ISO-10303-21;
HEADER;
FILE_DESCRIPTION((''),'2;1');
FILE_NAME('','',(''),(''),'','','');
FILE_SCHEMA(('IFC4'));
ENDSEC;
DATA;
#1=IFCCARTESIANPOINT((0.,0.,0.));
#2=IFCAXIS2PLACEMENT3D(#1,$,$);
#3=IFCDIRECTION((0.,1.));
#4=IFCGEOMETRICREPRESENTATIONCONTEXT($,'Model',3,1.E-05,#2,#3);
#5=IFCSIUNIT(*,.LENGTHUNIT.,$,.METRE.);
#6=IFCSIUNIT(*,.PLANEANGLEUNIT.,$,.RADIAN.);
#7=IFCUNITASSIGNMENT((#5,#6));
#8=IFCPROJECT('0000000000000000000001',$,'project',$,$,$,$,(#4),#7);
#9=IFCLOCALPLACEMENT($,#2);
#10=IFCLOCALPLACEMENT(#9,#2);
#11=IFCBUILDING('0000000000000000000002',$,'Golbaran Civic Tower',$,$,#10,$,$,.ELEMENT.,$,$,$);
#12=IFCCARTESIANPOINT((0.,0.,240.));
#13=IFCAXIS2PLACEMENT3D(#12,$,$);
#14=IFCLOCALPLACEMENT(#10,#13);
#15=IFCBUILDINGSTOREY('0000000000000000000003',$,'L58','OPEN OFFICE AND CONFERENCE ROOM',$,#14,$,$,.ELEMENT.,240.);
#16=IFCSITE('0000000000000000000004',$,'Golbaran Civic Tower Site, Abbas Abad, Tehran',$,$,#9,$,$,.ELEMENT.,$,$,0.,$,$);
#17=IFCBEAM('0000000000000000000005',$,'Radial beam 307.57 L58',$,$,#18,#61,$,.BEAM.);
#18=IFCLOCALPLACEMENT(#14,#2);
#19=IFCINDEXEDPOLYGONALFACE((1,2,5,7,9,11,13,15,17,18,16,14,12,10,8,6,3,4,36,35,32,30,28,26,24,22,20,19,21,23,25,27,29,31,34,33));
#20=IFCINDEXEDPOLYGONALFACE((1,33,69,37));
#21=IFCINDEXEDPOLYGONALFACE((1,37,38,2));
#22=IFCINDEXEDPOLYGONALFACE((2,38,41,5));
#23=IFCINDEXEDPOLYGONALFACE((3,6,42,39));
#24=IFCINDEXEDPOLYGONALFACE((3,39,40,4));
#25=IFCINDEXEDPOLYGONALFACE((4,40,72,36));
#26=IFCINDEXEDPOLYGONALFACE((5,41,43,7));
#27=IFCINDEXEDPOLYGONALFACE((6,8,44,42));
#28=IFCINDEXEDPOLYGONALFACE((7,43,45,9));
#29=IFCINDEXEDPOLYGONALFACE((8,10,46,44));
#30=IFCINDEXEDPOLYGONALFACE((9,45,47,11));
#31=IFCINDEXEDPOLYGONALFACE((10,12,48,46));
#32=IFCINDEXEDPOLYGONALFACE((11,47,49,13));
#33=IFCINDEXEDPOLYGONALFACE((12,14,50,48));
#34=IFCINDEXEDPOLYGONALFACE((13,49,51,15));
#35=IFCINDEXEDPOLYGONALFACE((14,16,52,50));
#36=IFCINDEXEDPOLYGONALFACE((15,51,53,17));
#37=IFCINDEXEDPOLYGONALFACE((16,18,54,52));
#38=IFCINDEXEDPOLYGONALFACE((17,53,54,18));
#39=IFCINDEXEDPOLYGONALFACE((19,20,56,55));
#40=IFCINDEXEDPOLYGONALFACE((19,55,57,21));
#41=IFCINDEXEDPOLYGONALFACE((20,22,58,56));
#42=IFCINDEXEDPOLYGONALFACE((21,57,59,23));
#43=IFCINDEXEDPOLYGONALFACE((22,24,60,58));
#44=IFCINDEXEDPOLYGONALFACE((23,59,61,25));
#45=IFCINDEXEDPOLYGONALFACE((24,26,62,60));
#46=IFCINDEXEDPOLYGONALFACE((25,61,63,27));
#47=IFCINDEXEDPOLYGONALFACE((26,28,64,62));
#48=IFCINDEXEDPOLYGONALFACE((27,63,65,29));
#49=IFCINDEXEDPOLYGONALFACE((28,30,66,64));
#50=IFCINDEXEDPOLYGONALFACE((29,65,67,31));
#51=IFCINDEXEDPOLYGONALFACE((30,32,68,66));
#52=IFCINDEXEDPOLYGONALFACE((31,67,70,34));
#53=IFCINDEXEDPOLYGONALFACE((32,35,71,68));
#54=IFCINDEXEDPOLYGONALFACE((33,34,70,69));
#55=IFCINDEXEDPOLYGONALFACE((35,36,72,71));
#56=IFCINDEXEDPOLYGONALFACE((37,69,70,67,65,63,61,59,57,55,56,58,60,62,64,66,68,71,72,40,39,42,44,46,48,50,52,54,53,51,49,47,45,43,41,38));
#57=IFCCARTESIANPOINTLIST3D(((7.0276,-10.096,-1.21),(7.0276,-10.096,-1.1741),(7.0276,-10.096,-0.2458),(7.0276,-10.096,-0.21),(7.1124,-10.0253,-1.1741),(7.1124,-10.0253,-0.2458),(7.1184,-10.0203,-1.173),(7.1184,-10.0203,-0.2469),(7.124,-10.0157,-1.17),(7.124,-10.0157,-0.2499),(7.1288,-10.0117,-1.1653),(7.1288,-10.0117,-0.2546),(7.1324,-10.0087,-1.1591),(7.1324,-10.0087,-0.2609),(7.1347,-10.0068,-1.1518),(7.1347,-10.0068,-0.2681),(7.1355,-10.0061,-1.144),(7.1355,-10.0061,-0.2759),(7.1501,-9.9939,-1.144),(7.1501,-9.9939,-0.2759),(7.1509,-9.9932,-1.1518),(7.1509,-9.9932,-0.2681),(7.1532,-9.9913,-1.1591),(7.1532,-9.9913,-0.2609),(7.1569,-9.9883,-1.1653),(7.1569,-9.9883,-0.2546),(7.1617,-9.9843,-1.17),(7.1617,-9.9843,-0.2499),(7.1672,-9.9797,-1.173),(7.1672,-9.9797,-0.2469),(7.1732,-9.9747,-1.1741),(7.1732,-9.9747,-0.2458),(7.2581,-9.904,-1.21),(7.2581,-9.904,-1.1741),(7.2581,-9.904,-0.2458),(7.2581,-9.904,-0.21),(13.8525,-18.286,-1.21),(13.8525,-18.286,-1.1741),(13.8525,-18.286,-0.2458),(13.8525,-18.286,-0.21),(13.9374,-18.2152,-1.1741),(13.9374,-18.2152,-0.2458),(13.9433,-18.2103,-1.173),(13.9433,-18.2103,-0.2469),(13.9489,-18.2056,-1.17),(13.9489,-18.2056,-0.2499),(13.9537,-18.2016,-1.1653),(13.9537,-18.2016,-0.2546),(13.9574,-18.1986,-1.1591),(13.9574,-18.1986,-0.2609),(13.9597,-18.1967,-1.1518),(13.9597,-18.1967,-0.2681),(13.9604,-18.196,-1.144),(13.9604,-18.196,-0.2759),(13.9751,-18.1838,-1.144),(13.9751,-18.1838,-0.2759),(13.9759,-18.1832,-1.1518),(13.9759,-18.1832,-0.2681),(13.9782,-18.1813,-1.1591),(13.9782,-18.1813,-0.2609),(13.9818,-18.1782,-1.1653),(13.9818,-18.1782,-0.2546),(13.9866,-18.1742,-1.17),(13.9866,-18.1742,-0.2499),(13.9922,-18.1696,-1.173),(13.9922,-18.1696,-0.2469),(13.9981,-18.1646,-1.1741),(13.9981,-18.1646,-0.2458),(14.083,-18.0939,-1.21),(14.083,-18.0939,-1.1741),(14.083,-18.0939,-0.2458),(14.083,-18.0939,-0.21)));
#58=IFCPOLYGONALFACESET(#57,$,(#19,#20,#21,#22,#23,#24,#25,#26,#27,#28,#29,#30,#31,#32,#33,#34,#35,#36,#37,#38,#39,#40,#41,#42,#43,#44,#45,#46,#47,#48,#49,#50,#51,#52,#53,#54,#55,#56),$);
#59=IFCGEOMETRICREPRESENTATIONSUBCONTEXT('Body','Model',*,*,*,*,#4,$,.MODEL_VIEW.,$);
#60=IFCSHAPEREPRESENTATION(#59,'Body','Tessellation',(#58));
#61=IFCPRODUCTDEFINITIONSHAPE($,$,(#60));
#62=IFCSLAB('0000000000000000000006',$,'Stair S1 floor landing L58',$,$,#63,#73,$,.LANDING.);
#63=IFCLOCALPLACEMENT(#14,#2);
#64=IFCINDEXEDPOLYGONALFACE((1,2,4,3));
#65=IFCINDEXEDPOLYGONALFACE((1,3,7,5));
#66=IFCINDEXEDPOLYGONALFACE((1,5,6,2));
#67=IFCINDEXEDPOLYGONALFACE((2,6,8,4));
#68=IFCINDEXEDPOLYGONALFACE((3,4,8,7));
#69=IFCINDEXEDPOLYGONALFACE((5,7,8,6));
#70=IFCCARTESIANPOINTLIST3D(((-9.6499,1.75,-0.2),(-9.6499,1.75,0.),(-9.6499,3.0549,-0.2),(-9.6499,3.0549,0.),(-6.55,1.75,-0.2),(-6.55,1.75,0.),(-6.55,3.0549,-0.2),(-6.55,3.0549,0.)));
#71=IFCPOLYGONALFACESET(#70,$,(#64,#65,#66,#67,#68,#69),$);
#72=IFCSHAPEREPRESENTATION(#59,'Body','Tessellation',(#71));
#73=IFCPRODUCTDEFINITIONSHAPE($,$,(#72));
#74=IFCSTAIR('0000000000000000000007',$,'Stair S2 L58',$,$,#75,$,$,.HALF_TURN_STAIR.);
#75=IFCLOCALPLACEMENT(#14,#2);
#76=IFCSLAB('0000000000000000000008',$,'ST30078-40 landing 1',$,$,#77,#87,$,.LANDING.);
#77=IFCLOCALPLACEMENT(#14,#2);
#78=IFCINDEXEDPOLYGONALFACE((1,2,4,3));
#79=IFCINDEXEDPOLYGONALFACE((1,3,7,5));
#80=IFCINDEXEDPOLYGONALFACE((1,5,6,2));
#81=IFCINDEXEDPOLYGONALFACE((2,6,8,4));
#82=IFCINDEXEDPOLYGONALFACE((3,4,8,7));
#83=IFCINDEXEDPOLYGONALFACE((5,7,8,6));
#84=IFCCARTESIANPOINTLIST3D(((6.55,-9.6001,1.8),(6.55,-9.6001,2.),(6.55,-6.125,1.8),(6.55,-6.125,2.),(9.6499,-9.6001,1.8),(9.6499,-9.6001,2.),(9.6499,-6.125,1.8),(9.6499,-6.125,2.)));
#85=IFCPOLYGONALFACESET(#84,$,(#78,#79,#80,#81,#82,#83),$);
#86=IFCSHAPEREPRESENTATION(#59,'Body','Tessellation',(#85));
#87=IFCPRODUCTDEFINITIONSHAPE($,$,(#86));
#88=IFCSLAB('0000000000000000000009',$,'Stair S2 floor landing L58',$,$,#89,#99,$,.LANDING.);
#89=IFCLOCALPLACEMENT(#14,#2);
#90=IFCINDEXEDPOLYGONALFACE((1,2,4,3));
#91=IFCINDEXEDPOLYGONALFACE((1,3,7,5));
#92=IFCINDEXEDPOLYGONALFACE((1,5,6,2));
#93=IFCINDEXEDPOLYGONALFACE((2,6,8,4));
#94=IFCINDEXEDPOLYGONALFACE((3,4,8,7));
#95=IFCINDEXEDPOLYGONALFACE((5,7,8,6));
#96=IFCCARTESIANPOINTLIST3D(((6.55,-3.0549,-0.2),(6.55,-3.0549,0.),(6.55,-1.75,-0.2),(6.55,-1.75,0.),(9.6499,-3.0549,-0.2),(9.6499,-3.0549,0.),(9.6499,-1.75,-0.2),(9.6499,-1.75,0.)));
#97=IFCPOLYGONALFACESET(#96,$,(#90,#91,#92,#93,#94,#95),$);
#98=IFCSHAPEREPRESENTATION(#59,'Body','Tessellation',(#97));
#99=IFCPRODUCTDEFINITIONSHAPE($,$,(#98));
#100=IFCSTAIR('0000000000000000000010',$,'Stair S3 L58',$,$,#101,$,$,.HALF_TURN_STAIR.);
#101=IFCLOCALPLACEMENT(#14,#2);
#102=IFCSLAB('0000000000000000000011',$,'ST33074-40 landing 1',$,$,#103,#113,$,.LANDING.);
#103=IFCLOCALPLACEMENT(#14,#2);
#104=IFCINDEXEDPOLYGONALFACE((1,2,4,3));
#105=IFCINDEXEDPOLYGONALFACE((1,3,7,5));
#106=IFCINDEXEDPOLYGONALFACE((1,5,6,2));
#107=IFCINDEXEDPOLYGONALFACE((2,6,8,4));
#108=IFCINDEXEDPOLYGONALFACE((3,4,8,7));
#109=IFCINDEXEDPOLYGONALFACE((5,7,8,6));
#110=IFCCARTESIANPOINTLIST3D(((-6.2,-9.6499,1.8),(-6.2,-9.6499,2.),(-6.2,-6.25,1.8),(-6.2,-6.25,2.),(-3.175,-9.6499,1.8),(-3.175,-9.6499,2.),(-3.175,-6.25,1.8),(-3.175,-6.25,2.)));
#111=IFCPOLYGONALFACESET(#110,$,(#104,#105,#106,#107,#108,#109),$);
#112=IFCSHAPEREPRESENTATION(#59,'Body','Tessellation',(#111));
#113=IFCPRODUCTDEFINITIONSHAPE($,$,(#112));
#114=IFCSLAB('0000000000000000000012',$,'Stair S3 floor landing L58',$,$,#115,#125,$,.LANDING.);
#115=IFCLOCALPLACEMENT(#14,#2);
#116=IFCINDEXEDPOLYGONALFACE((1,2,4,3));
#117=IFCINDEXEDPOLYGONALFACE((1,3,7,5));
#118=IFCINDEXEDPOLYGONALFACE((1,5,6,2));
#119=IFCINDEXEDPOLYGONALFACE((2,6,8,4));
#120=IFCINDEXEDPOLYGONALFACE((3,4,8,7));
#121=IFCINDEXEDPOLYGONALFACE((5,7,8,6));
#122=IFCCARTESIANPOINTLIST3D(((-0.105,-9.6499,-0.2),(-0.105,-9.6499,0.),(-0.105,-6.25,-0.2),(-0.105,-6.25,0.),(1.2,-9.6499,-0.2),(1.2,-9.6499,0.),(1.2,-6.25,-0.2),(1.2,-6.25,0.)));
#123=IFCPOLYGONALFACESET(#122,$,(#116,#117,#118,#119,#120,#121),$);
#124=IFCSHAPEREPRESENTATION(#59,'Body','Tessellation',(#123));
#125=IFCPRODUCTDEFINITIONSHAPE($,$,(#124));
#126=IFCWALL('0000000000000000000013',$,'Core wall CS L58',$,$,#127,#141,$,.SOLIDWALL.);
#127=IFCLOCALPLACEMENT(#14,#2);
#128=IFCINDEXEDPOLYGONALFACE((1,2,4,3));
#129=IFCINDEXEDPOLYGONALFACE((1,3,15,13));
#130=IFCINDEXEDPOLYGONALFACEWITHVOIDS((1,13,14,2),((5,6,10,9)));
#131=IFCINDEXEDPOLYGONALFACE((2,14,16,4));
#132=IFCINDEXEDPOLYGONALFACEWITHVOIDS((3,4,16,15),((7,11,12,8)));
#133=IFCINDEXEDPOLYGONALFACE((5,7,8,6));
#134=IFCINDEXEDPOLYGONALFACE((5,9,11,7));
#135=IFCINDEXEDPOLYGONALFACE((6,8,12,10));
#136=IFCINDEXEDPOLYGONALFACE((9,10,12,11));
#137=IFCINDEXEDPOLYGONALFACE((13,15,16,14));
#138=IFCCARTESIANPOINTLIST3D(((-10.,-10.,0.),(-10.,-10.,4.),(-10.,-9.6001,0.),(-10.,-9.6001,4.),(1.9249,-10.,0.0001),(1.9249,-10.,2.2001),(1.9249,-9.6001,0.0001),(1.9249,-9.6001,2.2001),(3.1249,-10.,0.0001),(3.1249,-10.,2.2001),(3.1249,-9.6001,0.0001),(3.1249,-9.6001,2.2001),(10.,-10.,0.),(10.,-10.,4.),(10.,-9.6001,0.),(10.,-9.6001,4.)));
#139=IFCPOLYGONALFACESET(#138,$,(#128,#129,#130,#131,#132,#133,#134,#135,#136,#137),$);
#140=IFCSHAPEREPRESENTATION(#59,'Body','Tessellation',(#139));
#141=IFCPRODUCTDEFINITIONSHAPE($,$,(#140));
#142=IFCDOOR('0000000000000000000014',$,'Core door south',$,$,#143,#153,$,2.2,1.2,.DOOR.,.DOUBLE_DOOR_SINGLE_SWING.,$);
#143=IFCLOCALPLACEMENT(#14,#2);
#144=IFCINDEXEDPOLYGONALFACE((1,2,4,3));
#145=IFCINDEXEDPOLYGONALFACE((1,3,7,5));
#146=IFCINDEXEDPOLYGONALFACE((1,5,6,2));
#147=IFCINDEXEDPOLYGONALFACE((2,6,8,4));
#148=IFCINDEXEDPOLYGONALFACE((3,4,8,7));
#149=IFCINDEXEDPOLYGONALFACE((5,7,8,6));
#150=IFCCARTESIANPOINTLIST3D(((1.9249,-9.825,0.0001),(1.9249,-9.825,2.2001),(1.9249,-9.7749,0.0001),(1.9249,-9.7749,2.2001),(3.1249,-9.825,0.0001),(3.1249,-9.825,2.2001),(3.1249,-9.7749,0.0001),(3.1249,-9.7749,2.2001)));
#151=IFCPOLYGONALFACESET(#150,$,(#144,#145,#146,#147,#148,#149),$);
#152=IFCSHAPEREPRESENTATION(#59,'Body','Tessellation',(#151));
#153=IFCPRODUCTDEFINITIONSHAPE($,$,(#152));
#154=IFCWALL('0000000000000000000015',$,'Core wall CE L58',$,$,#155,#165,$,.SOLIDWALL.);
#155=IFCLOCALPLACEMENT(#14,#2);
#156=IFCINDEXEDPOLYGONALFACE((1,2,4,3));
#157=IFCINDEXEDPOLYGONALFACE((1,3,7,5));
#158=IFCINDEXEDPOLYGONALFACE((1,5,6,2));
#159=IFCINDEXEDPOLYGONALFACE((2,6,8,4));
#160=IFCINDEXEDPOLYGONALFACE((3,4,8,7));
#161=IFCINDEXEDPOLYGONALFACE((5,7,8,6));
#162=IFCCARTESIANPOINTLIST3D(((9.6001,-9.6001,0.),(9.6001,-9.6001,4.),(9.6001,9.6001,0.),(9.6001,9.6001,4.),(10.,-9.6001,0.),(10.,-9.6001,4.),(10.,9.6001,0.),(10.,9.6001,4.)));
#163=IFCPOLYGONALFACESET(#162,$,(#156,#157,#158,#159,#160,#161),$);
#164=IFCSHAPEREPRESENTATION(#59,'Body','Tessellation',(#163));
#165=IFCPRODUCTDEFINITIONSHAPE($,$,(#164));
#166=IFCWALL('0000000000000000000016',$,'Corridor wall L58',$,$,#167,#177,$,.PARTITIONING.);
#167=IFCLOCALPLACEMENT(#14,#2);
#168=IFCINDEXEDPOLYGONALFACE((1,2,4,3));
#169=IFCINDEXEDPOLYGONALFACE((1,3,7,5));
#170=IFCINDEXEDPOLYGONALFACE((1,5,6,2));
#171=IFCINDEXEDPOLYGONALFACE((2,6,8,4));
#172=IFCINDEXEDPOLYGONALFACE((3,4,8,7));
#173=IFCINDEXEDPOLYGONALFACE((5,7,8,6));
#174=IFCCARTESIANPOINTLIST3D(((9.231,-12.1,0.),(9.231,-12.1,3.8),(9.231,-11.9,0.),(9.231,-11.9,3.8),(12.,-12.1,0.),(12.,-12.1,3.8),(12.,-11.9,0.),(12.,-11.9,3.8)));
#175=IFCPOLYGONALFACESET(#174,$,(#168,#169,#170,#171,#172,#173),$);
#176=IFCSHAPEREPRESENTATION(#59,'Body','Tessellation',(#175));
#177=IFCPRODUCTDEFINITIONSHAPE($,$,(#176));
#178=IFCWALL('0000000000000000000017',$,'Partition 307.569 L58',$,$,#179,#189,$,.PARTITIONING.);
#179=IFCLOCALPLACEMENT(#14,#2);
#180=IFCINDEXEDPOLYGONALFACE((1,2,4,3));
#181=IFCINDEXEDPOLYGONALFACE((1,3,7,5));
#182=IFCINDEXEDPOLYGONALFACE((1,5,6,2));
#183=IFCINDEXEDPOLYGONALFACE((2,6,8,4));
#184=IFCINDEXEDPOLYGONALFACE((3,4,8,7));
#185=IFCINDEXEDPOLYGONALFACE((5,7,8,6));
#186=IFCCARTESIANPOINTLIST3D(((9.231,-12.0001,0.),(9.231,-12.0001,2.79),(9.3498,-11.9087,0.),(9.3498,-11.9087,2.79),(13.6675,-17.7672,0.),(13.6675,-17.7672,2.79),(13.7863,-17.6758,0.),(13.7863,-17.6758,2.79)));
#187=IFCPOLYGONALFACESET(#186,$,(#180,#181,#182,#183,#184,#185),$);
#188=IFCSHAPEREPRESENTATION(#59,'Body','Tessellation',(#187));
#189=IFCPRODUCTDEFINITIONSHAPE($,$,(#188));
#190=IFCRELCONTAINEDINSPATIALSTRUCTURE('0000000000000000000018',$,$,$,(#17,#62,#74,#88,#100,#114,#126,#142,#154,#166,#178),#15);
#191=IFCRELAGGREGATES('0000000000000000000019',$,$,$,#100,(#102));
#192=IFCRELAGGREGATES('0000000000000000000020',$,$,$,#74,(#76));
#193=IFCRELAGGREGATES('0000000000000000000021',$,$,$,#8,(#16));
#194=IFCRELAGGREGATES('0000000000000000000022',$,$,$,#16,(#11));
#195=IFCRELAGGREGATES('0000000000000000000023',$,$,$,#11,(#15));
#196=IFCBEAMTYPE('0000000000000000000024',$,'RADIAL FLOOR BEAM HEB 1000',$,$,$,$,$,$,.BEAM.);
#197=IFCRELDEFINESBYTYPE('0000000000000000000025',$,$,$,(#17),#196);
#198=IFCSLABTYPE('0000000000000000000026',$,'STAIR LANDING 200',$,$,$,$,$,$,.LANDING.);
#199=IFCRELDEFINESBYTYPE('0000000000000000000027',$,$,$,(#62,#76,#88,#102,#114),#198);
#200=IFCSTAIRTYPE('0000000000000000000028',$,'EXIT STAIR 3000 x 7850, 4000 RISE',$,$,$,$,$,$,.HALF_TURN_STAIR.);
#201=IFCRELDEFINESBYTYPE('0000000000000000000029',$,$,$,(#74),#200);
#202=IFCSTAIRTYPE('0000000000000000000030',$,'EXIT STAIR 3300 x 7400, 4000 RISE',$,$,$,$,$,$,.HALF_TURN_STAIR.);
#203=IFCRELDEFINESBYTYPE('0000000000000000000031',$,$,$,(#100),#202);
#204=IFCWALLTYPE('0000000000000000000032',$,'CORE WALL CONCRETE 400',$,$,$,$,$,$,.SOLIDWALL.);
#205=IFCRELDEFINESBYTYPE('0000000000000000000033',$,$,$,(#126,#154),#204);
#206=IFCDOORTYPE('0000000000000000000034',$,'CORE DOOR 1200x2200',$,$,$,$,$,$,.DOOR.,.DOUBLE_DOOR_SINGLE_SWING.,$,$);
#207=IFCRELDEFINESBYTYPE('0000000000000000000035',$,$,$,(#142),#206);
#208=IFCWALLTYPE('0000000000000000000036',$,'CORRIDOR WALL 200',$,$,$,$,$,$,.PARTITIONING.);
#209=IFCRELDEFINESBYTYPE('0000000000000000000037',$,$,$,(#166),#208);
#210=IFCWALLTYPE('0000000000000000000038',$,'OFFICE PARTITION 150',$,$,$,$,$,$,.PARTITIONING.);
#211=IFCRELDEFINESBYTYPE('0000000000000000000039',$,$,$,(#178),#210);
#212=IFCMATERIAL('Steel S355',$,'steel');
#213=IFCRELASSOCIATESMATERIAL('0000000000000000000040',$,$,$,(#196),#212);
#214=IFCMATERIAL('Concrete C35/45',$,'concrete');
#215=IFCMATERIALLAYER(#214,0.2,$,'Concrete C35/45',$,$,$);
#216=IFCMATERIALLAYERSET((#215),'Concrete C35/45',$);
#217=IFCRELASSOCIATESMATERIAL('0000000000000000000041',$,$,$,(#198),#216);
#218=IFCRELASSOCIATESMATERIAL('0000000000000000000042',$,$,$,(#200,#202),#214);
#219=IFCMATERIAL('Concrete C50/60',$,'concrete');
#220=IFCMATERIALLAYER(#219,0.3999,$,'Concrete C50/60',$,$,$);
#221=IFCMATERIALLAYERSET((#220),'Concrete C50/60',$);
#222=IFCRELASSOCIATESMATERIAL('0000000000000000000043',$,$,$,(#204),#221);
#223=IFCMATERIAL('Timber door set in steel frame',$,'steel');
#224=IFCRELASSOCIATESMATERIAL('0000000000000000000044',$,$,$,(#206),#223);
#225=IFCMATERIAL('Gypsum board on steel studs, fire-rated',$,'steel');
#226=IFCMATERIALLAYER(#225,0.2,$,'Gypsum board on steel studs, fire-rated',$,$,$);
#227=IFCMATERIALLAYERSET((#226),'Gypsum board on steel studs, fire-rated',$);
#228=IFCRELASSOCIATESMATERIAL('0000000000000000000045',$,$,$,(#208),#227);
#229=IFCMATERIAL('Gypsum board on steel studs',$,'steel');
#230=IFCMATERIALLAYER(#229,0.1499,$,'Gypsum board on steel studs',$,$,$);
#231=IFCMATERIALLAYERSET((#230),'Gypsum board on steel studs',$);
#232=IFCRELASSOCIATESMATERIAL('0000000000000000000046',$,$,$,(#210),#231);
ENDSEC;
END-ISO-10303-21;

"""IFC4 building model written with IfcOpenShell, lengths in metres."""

from ifc_helpers import new_model, si_unit, direction, frame, frame_2d, origin, origin_2d, place, context, subcontext, project, spatial, polyline, rectangle, i_section, outline, extrude, material, layer, layer_set, material_profile, profile_set, type_object, element, fill, aggregate, save


model = new_model("IFC4")

# Units and contexts
model_context = context("Model", 3, precision=1e-05, world=origin(), true_north=direction((0.0, 1.0)))
body_context = subcontext(model_context, "Body", "Model", "MODEL_VIEW")
ifc_project = project(units=[si_unit("LENGTHUNIT", "METRE"), si_unit("PLANEANGLEUNIT", "RADIAN")], contexts=[model_context])

# Site, building, storey
site_placement = place(None, origin())
site = spatial("IfcSite", under=ifc_project, at=site_placement, Name="Golbaran Civic Tower Site, Abbas Abad, Tehran", CompositionType="ELEMENT", RefElevation=0.0)
building_placement = place(site_placement, origin())
building = spatial("IfcBuilding", under=site, at=building_placement, Name="Golbaran Civic Tower", CompositionType="ELEMENT")
storey_placement = place(building_placement, frame((0.0, 0.0, 240.0)))
storey = spatial("IfcBuildingStorey", under=building, at=storey_placement, Name="L58", Description="OPEN OFFICE AND CONFERENCE ROOM", CompositionType="ELEMENT", Elevation=240.0)

# Beam
ifc_material_1 = material(Name="Steel S355", Category="steel")
ifc_material_profile = material_profile(ifc_material_1, i_section(OverallWidth=0.3, OverallDepth=1.0, WebThickness=0.019, FlangeThickness=0.0359, FilletRadius=0.03, at=origin_2d()), Name="HEB 1000")
ifc_profile_set = profile_set([ifc_material_profile], Name="Steel S355")
beam_type = type_object("IfcBeamType", Name="RADIAL FLOOR BEAM HEB 1000", PredefinedType="BEAM", material=ifc_profile_set)
beam_placement = place(storey_placement, frame((7.1428, -10.0, -0.71), z_axis=(0.640184, -0.768221, 0.0), x_axis=(0.768221, 0.640184, 0.0)))
element("IfcBeam", 1, at=beam_placement, inside=storey, type_object=beam_type, Name="Radial beam 307.57 L58", PredefinedType="BEAM", context=body_context, shape_type="SweptSolid", body=[
    extrude(i_section(OverallWidth=0.3, OverallDepth=1.0, WebThickness=0.019, FlangeThickness=0.0359, FilletRadius=0.03, at=origin_2d()), origin(), (0.0, 0.0, 1.0), 10.6609),
])

# Slab
ifc_material_2 = material(Name="Concrete C35/45", Category="concrete")
ifc_layer_1 = layer(ifc_material_2, 0.2, Name="Concrete C35/45")
ifc_layer_set_1 = layer_set([ifc_layer_1], Name="Concrete C35/45")
slab_type = type_object("IfcSlabType", Name="STAIR LANDING 200", PredefinedType="LANDING", material=ifc_layer_set_1)
slab_1_placement = place(storey_placement, frame((0.0, 0.0, -0.2)))
element("IfcSlab", 2, at=slab_1_placement, inside=storey, type_object=slab_type, Name="Stair S1 floor landing L58", PredefinedType="LANDING", context=body_context, shape_type="SweptSolid", body=[
    extrude(outline(polyline([(-9.6499, 1.75), (-9.6499, 3.0549), (-6.55, 3.0549), (-6.55, 1.75), (-9.6499, 1.75)])), origin(), (0.0, 0.0, 1.0), 0.2),
])

# Stair, slab
stair_type_1 = type_object("IfcStairType", Name="EXIT STAIR 3000 x 7850, 4000 RISE", PredefinedType="HALF_TURN_STAIR", material=ifc_material_2)
stair_1_placement = place(storey_placement, origin())
stair_1 = element("IfcStair", 3, at=stair_1_placement, inside=storey, type_object=stair_type_1, Name="Stair S2 L58", PredefinedType="HALF_TURN_STAIR")
slab_2_placement = place(storey_placement, frame((0.0, 0.0, 1.8)))
slab_2 = element("IfcSlab", 4, at=slab_2_placement, type_object=slab_type, Name="ST30078-40 landing 1", PredefinedType="LANDING", context=body_context, shape_type="SweptSolid", body=[
    extrude(outline(polyline([(9.6499, -6.125), (9.6499, -9.6001), (6.55, -9.6001), (6.55, -6.125), (9.6499, -6.125)])), origin(), (0.0, 0.0, 1.0), 0.2),
])

# Slab
slab_3_placement = place(storey_placement, frame((0.0, 0.0, -0.2)))
element("IfcSlab", 5, at=slab_3_placement, inside=storey, type_object=slab_type, Name="Stair S2 floor landing L58", PredefinedType="LANDING", context=body_context, shape_type="SweptSolid", body=[
    extrude(outline(polyline([(9.6499, -1.75), (9.6499, -3.0549), (6.55, -3.0549), (6.55, -1.75), (9.6499, -1.75)])), origin(), (0.0, 0.0, 1.0), 0.2),
])

# Stair, slab
stair_type_2 = type_object("IfcStairType", Name="EXIT STAIR 3300 x 7400, 4000 RISE", PredefinedType="HALF_TURN_STAIR", material=ifc_material_2)
stair_2_placement = place(storey_placement, origin())
stair_2 = element("IfcStair", 6, at=stair_2_placement, inside=storey, type_object=stair_type_2, Name="Stair S3 L58", PredefinedType="HALF_TURN_STAIR")
slab_4_placement = place(storey_placement, frame((0.0, 0.0, 1.8)))
slab_4 = element("IfcSlab", 7, at=slab_4_placement, type_object=slab_type, Name="ST33074-40 landing 1", PredefinedType="LANDING", context=body_context, shape_type="SweptSolid", body=[
    extrude(outline(polyline([(-3.175, -9.6499), (-6.2, -9.6499), (-6.2, -6.25), (-3.175, -6.25), (-3.175, -9.6499)])), origin(), (0.0, 0.0, 1.0), 0.2),
])
aggregate(stair_2, [slab_4])

# Slab
slab_5_placement = place(storey_placement, frame((0.0, 0.0, -0.2)))
element("IfcSlab", 8, at=slab_5_placement, inside=storey, type_object=slab_type, Name="Stair S3 floor landing L58", PredefinedType="LANDING", context=body_context, shape_type="SweptSolid", body=[
    extrude(outline(polyline([(1.2, -9.6499), (-0.105, -9.6499), (-0.105, -6.25), (1.2, -6.25), (1.2, -9.6499)])), origin(), (0.0, 0.0, 1.0), 0.2),
])

# Wall, opening, door
ifc_material_3 = material(Name="Concrete C50/60", Category="concrete")
ifc_layer_2 = layer(ifc_material_3, 0.3999, Name="Concrete C50/60")
ifc_layer_set_2 = layer_set([ifc_layer_2], Name="Concrete C50/60")
wall_type_1 = type_object("IfcWallType", Name="CORE WALL CONCRETE 400", PredefinedType="SOLIDWALL", material=ifc_layer_set_2)
wall_1_placement = place(storey_placement, frame((10.0, -9.8, 0.0), z_axis=(0.0, 0.0, 1.0), x_axis=(-1.0, 0.0, 0.0)))
wall_1 = element("IfcWall", 9, at=wall_1_placement, inside=storey, type_object=wall_type_1, Name="Core wall CS L58", PredefinedType="SOLIDWALL", context=body_context, shape_type="SweptSolid", body=[
    extrude(rectangle(XDim=20.0, YDim=0.3999, at=frame_2d((10.0, 0.0))), origin(), (0.0, 0.0, 1.0), 4.0),
])
opening_1_placement = place(wall_1_placement, frame((6.875, 0.0, 0.0)))
opening_1 = element("IfcOpeningElement", 10, at=opening_1_placement, cuts=wall_1, PredefinedType="OPENING", context=body_context, shape_type="SweptSolid", body=[
    extrude(rectangle(XDim=1.2, YDim=2.2, at=frame_2d((0.6001, 1.1001))), frame((0.0, 0.21, 0.0), z_axis=(0.0, -1.0, 0.0), x_axis=(1.0, 0.0, 0.0)), (0.0, 0.0, 1.0), 0.4199),
])
ifc_material_4 = material(Name="Timber door set in steel frame", Category="steel")
door_type_1 = type_object("IfcDoorType", Name="CORE DOOR 1200x2200", OperationType="DOUBLE_DOOR_SINGLE_SWING", PredefinedType="DOOR", material=ifc_material_4)
door_1_placement = place(opening_1_placement, origin())
door_1 = element("IfcDoor", 11, at=door_1_placement, inside=storey, type_object=door_type_1, Name="Core door south", OperationType="DOUBLE_DOOR_SINGLE_SWING", OverallHeight=2.2, OverallWidth=1.2, PredefinedType="DOOR", context=body_context, shape_type="SweptSolid", body=[
    extrude(rectangle(XDim=1.2, YDim=2.2, at=frame_2d((0.6001, 1.1001))), frame((0.0, 0.0249, 0.0), z_axis=(0.0, -1.0, 0.0), x_axis=(1.0, 0.0, 0.0)), (0.0, 0.0, 1.0), 0.05),
])
fill(opening_1, door_1)

# Walls
wall_2_placement = place(storey_placement, frame((9.8, -9.6001, 0.0), z_axis=(0.0, 0.0, 1.0), x_axis=(0.0, 1.0, 0.0)))
element("IfcWall", 12, at=wall_2_placement, inside=storey, type_object=wall_type_1, Name="Core wall CE L58", PredefinedType="SOLIDWALL", context=body_context, shape_type="SweptSolid", body=[
    extrude(rectangle(XDim=19.2002, YDim=0.3999, at=frame_2d((9.6001, 0.0))), origin(), (0.0, 0.0, 1.0), 4.0),
])
ifc_material_5 = material(Name="Gypsum board on steel studs, fire-rated", Category="steel")
ifc_layer_3 = layer(ifc_material_5, 0.2, Name="Gypsum board on steel studs, fire-rated")
ifc_layer_set_3 = layer_set([ifc_layer_3], Name="Gypsum board on steel studs, fire-rated")
wall_type_2 = type_object("IfcWallType", Name="CORRIDOR WALL 200", PredefinedType="PARTITIONING", material=ifc_layer_set_3)
wall_3_placement = place(storey_placement, frame((9.231, -12.0, 0.0), z_axis=(0.0, 0.0, 1.0), x_axis=(1.0, 0.0, 0.0)))
element("IfcWall", 13, at=wall_3_placement, inside=storey, type_object=wall_type_2, Name="Corridor wall L58", PredefinedType="PARTITIONING", context=body_context, shape_type="SweptSolid", body=[
    extrude(rectangle(XDim=2.769, YDim=0.2, at=frame_2d((1.3845, 0.0))), origin(), (0.0, 0.0, 1.0), 3.8),
])
ifc_material_6 = material(Name="Gypsum board on steel studs", Category="steel")
ifc_layer_4 = layer(ifc_material_6, 0.1499, Name="Gypsum board on steel studs")
ifc_layer_set_4 = layer_set([ifc_layer_4], Name="Gypsum board on steel studs")
wall_type_3 = type_object("IfcWallType", Name="OFFICE PARTITION 150", PredefinedType="PARTITIONING", material=ifc_layer_set_4)
wall_4_placement = place(storey_placement, frame((9.2903, -11.9543, 0.0), z_axis=(0.0, 0.0, 1.0), x_axis=(0.609737, -0.792604, 0.0)))
element("IfcWall", 14, at=wall_4_placement, inside=storey, type_object=wall_type_3, Name="Partition 307.569 L58", PredefinedType="PARTITIONING", context=body_context, shape_type="SweptSolid", body=[
    extrude(rectangle(XDim=7.2761, YDim=0.1499, at=frame_2d((3.6382, 0.0))), origin(), (0.0, 0.0, 1.0), 2.79),
])

aggregate(stair_1, [slab_2])

save(model, "model.ifc")
